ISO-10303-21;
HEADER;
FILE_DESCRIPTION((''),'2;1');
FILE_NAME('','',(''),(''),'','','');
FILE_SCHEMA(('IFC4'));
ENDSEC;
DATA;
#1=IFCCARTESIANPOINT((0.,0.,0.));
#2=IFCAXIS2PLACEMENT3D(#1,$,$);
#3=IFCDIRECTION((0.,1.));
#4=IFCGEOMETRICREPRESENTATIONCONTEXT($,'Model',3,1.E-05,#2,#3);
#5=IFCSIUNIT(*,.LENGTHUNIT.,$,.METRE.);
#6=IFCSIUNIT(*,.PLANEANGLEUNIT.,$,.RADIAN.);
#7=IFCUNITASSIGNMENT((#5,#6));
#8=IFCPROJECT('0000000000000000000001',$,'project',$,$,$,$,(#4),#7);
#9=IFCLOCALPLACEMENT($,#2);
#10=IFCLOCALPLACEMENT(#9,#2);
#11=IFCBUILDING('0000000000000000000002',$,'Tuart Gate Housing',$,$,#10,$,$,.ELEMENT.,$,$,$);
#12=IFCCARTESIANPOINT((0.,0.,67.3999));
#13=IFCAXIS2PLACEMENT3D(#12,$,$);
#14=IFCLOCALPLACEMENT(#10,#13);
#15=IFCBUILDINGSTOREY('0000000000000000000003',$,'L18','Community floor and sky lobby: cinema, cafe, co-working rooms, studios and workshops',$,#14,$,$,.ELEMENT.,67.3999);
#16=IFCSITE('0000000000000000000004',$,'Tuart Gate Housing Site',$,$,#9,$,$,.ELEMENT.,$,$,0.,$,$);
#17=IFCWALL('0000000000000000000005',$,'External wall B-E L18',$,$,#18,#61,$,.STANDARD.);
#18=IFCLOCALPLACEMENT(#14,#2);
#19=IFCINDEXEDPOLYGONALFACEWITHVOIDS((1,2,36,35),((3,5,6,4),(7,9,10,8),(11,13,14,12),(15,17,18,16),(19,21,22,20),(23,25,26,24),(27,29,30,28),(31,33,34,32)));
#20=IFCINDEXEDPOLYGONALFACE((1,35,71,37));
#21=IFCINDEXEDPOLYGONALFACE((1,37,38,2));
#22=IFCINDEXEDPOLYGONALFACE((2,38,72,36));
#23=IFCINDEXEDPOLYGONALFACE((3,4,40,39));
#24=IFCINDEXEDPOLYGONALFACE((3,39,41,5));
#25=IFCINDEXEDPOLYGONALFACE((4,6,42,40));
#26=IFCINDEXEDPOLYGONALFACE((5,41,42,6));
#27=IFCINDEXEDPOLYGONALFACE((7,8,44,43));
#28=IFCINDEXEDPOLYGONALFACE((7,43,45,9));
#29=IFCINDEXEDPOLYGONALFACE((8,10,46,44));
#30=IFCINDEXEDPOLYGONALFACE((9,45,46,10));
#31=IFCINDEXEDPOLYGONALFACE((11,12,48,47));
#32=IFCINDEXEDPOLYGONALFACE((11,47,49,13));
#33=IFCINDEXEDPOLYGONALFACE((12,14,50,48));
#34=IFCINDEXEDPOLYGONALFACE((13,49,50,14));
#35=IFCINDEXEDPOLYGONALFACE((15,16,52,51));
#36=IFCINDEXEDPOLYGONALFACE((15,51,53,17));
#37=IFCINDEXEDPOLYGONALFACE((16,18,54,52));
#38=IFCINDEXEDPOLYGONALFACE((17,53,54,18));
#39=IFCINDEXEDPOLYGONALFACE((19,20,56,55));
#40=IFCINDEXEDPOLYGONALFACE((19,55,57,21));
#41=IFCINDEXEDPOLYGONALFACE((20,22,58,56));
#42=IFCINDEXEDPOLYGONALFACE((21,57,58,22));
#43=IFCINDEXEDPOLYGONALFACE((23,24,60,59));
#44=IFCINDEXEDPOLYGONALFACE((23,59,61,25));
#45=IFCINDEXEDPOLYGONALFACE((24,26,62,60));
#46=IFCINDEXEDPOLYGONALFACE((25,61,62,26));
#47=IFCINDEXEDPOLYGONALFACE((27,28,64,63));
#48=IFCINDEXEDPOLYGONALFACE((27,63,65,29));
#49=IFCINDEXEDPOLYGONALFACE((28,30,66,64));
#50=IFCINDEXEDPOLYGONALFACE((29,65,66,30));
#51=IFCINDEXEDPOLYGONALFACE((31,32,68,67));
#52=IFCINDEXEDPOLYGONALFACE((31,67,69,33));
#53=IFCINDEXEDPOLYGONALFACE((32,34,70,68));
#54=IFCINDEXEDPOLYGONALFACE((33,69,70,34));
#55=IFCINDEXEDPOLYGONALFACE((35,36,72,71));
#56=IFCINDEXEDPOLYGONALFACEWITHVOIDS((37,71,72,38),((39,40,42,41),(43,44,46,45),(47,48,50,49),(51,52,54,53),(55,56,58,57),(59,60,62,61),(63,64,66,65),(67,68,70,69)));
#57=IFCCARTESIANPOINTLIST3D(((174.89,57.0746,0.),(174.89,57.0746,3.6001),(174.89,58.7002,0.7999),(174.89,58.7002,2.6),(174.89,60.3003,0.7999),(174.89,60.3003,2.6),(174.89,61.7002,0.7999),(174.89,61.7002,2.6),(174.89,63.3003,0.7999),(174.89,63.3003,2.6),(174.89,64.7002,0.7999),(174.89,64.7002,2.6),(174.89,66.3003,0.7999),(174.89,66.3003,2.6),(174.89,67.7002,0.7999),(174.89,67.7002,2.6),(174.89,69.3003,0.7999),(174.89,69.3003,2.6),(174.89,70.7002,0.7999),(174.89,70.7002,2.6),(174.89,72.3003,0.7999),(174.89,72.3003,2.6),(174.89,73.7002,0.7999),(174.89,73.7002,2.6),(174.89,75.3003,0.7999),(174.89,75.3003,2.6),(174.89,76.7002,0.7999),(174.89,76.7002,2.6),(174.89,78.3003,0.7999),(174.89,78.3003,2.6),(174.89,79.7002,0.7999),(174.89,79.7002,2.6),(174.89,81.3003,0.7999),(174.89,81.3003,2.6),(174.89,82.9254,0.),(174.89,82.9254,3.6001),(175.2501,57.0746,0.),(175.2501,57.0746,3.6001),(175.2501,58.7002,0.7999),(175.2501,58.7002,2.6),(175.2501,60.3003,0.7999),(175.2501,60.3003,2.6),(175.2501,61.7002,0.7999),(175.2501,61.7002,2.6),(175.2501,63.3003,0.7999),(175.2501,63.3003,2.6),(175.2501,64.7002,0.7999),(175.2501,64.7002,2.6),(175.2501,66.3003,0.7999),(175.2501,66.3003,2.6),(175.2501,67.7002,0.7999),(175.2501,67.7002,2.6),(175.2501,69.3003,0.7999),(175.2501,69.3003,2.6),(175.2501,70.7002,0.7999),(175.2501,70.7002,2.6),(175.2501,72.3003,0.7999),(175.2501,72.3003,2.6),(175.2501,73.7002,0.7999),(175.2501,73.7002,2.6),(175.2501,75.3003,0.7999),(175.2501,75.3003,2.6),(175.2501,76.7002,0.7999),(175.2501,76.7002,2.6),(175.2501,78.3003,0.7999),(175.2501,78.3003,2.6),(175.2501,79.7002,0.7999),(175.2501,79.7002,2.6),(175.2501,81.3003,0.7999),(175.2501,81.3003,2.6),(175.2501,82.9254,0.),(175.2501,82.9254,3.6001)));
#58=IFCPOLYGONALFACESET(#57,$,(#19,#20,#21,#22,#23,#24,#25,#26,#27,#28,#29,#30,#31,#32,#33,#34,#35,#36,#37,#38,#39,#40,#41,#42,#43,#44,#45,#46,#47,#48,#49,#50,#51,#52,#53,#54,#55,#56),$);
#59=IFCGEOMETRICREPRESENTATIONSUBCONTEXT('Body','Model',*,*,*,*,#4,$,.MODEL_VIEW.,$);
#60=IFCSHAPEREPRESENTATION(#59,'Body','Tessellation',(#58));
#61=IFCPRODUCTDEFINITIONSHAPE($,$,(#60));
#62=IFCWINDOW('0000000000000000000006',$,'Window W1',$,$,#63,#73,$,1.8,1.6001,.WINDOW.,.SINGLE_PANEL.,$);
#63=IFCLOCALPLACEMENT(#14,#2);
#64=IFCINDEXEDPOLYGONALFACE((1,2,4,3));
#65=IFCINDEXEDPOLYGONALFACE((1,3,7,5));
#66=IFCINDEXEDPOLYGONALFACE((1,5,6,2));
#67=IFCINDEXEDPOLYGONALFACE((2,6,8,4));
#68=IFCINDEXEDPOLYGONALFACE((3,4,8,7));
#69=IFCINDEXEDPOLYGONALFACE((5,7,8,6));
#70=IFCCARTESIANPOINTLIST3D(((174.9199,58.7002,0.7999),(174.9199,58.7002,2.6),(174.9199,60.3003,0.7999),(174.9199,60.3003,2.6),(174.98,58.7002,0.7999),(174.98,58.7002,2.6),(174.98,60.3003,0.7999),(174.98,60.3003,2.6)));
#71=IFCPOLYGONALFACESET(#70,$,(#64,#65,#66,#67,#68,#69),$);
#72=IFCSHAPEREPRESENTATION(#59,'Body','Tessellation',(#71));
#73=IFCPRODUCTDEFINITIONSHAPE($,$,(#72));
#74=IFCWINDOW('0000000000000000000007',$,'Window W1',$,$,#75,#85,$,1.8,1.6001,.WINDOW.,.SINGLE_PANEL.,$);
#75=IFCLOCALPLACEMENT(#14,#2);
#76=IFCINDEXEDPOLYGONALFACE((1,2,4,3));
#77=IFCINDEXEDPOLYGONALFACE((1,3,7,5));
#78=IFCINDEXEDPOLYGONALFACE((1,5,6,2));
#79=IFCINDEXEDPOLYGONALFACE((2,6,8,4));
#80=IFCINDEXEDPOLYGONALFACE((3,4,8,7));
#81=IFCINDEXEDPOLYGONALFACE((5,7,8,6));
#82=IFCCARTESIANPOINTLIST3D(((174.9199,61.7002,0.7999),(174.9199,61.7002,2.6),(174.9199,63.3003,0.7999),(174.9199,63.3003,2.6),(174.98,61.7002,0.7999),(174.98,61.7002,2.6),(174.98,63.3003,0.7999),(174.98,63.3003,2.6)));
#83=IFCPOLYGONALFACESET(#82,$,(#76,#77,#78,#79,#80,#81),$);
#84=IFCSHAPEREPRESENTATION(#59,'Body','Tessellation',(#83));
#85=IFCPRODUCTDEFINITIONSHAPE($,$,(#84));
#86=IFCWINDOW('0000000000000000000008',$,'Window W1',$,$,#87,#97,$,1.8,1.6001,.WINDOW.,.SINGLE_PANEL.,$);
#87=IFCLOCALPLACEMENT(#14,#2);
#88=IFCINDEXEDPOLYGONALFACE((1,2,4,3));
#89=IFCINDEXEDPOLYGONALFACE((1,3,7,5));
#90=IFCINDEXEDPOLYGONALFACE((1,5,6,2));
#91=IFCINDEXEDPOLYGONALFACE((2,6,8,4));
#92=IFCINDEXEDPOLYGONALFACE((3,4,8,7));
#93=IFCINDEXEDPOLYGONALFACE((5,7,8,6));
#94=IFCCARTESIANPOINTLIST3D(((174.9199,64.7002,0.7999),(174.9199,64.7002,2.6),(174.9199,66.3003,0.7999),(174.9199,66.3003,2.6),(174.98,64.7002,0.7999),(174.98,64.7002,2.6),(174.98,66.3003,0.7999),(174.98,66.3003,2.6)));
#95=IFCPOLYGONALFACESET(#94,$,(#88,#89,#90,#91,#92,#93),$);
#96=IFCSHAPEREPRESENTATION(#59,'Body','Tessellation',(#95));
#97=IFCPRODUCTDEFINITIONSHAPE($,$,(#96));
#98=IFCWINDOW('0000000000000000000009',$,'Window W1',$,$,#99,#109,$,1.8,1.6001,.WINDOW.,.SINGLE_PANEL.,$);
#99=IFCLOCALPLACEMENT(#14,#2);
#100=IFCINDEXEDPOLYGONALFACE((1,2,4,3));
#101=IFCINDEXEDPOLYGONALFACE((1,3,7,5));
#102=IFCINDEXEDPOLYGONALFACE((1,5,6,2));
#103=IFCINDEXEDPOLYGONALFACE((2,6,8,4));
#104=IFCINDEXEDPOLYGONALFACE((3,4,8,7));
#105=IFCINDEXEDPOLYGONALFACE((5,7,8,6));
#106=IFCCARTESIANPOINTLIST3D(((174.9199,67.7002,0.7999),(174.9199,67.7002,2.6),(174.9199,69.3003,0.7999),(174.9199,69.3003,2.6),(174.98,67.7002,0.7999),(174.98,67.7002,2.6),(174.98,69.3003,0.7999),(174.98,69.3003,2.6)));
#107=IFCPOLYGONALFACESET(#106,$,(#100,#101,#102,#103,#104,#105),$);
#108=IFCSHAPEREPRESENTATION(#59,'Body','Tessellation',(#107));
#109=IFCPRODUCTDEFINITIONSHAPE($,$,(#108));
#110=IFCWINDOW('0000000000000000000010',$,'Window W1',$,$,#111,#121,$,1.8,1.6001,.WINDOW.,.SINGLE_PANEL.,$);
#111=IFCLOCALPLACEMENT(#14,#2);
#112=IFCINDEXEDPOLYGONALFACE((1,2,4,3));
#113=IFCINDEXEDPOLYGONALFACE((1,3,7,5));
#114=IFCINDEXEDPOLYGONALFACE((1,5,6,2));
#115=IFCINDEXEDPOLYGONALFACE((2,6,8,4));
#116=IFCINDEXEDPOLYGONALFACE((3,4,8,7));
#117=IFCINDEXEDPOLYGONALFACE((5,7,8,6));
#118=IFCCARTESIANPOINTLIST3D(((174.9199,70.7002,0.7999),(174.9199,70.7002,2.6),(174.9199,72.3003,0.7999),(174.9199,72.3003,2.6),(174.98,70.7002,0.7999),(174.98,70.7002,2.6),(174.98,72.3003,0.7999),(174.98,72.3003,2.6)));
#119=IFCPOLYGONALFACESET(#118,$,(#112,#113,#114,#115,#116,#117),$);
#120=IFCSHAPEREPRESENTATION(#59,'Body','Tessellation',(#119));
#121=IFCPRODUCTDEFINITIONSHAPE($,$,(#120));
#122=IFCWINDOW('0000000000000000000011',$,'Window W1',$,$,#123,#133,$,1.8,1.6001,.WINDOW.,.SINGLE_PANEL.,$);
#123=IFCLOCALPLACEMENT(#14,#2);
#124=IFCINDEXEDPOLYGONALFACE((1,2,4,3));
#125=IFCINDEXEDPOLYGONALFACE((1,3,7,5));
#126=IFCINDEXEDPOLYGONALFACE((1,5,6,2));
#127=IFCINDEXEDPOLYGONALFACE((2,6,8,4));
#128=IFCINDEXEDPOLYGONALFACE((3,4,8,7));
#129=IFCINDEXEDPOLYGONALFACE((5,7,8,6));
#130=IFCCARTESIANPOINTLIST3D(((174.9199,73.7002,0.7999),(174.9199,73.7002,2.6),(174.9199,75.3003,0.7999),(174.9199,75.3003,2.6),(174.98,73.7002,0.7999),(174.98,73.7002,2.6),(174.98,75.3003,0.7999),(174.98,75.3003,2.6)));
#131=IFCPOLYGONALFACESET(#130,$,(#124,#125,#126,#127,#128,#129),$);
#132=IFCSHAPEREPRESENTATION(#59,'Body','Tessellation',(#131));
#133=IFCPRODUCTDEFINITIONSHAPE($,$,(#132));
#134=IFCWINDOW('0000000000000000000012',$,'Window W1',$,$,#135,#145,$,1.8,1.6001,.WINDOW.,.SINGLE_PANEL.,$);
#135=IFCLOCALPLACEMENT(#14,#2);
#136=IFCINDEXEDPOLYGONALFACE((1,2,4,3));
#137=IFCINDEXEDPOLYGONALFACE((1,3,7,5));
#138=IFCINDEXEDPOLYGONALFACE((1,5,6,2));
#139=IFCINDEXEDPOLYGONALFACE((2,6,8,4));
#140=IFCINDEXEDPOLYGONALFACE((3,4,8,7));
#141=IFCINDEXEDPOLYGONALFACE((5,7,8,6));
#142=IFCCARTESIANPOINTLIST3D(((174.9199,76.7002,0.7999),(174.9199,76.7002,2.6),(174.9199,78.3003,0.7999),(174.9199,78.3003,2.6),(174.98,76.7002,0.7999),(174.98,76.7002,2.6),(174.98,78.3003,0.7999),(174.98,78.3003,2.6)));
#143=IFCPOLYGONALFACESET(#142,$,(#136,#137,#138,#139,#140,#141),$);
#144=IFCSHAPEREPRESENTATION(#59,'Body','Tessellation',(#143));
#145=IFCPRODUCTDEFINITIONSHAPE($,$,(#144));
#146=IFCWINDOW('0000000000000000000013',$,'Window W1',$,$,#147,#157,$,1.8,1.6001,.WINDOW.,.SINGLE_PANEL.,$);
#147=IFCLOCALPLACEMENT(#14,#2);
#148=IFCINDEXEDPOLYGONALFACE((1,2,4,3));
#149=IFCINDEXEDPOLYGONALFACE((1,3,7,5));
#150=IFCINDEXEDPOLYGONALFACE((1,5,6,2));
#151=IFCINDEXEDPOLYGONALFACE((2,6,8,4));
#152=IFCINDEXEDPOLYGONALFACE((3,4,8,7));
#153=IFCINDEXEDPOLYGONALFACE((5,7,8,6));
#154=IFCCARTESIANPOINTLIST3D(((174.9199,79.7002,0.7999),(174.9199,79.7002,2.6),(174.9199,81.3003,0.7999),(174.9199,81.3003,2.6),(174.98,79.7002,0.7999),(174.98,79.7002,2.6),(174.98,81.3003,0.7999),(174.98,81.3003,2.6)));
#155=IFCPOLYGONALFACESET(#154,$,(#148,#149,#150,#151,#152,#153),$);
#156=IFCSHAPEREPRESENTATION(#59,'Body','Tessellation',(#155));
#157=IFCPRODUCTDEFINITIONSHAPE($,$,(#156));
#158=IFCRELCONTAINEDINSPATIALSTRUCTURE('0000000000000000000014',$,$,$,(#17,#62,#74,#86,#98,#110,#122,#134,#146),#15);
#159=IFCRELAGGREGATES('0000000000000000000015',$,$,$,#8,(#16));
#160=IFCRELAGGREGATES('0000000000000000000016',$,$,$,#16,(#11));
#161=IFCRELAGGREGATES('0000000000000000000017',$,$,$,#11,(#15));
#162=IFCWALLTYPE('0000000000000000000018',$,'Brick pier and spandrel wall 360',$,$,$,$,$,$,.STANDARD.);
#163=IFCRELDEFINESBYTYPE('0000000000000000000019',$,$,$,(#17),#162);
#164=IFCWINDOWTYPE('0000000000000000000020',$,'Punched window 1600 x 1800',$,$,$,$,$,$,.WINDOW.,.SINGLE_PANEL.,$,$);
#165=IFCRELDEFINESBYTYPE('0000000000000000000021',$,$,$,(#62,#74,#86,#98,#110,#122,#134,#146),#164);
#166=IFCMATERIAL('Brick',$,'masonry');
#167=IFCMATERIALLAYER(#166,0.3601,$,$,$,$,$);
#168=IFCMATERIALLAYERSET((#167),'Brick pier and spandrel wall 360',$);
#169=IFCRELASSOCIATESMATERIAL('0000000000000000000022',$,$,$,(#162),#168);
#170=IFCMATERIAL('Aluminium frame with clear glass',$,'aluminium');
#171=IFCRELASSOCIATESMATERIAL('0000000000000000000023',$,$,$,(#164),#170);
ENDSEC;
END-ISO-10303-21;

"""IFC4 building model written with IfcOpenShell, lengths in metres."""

from ifc_helpers import new_model, si_unit, direction, frame, frame_2d, origin, place, context, subcontext, project, spatial, rectangle, extrude, material, layer, layer_set, type_object, element, fill, save


model = new_model("IFC4")

# Units and contexts
model_context = context("Model", 3, precision=1e-05, world=origin(), true_north=direction((0.0, 1.0)))
body_context = subcontext(model_context, "Body", "Model", "MODEL_VIEW")
ifc_project = project(units=[si_unit("LENGTHUNIT", "METRE"), si_unit("PLANEANGLEUNIT", "RADIAN")], contexts=[model_context])

# Site, building, storey
site_placement = place(None, origin())
site = spatial("IfcSite", under=ifc_project, at=site_placement, Name="Tuart Gate Housing Site", CompositionType="ELEMENT", RefElevation=0.0)
building_placement = place(site_placement, origin())
building = spatial("IfcBuilding", under=site, at=building_placement, Name="Tuart Gate Housing", CompositionType="ELEMENT")
storey_placement = place(building_placement, frame((0.0, 0.0, 67.3999)))
storey = spatial("IfcBuildingStorey", under=building, at=storey_placement, Name="L18", Description="Community floor and sky lobby: cinema, cafe, co-working rooms, studios and workshops", CompositionType="ELEMENT", Elevation=67.3999)

# Shared definitions
ifc_material_1 = material(Name="Brick", Category="masonry")
ifc_layer_1 = layer(ifc_material_1, 0.3601)
ifc_layer_set_1 = layer_set([ifc_layer_1], Name="Brick pier and spandrel wall 360")
wall_type_1 = type_object("IfcWallType", Name="Brick pier and spandrel wall 360", PredefinedType="STANDARD", material=ifc_layer_set_1)

# Wall, openings, windows
wall_1_placement = place(storey_placement, frame((175.0701, 57.0747, 0.0), z_axis=(0.0, 0.0, 1.0), x_axis=(0.0, 1.0, 0.0)))
wall_1 = element("IfcWall", 1, at=wall_1_placement, inside=storey, type_object=wall_type_1, Name="External wall B-E L18", PredefinedType="STANDARD", context=body_context, shape_type="SweptSolid", body=[
    extrude(rectangle(XDim=25.8508, YDim=0.3601, at=frame_2d((12.9253, 0.0))), origin(), (0.0, 0.0, 1.0), 3.6001),
])
opening_1_placement = place(wall_1_placement, frame((1.6255, 0.0, 0.8)))
opening_1 = element("IfcOpeningElement", 2, at=opening_1_placement, cuts=wall_1, PredefinedType="OPENING", context=body_context, shape_type="SweptSolid", body=[
    extrude(rectangle(XDim=1.6001, YDim=1.8, at=frame_2d((0.8, 0.8999))), frame((0.0, 0.1899, 0.0), z_axis=(0.0, -1.0, 0.0), x_axis=(1.0, 0.0, 0.0)), (0.0, 0.0, 1.0), 0.3801),
])
opening_2_placement = place(wall_1_placement, frame((4.6255, 0.0, 0.8)))
opening_2 = element("IfcOpeningElement", 3, at=opening_2_placement, cuts=wall_1, PredefinedType="OPENING", context=body_context, shape_type="SweptSolid", body=[
    extrude(rectangle(XDim=1.6001, YDim=1.8, at=frame_2d((0.8, 0.8999))), frame((0.0, 0.1899, 0.0), z_axis=(0.0, -1.0, 0.0), x_axis=(1.0, 0.0, 0.0)), (0.0, 0.0, 1.0), 0.3801),
])
opening_3_placement = place(wall_1_placement, frame((7.6255, 0.0, 0.8)))
opening_3 = element("IfcOpeningElement", 4, at=opening_3_placement, cuts=wall_1, PredefinedType="OPENING", context=body_context, shape_type="SweptSolid", body=[
    extrude(rectangle(XDim=1.6001, YDim=1.8, at=frame_2d((0.8, 0.8999))), frame((0.0, 0.1899, 0.0), z_axis=(0.0, -1.0, 0.0), x_axis=(1.0, 0.0, 0.0)), (0.0, 0.0, 1.0), 0.3801),
])
opening_4_placement = place(wall_1_placement, frame((10.6255, 0.0, 0.8)))
opening_4 = element("IfcOpeningElement", 5, at=opening_4_placement, cuts=wall_1, PredefinedType="OPENING", context=body_context, shape_type="SweptSolid", body=[
    extrude(rectangle(XDim=1.6001, YDim=1.8, at=frame_2d((0.8, 0.8999))), frame((0.0, 0.1899, 0.0), z_axis=(0.0, -1.0, 0.0), x_axis=(1.0, 0.0, 0.0)), (0.0, 0.0, 1.0), 0.3801),
])
opening_5_placement = place(wall_1_placement, frame((13.6255, 0.0, 0.8)))
opening_5 = element("IfcOpeningElement", 6, at=opening_5_placement, cuts=wall_1, PredefinedType="OPENING", context=body_context, shape_type="SweptSolid", body=[
    extrude(rectangle(XDim=1.6001, YDim=1.8, at=frame_2d((0.8, 0.8999))), frame((0.0, 0.1899, 0.0), z_axis=(0.0, -1.0, 0.0), x_axis=(1.0, 0.0, 0.0)), (0.0, 0.0, 1.0), 0.3801),
])
opening_6_placement = place(wall_1_placement, frame((16.6255, 0.0, 0.8)))
opening_6 = element("IfcOpeningElement", 7, at=opening_6_placement, cuts=wall_1, PredefinedType="OPENING", context=body_context, shape_type="SweptSolid", body=[
    extrude(rectangle(XDim=1.6001, YDim=1.8, at=frame_2d((0.8, 0.8999))), frame((0.0, 0.1899, 0.0), z_axis=(0.0, -1.0, 0.0), x_axis=(1.0, 0.0, 0.0)), (0.0, 0.0, 1.0), 0.3801),
])
opening_7_placement = place(wall_1_placement, frame((19.6255, 0.0, 0.8)))
opening_7 = element("IfcOpeningElement", 8, at=opening_7_placement, cuts=wall_1, PredefinedType="OPENING", context=body_context, shape_type="SweptSolid", body=[
    extrude(rectangle(XDim=1.6001, YDim=1.8, at=frame_2d((0.8, 0.8999))), frame((0.0, 0.1899, 0.0), z_axis=(0.0, -1.0, 0.0), x_axis=(1.0, 0.0, 0.0)), (0.0, 0.0, 1.0), 0.3801),
])
opening_8_placement = place(wall_1_placement, frame((22.6255, 0.0, 0.8)))
opening_8 = element("IfcOpeningElement", 9, at=opening_8_placement, cuts=wall_1, PredefinedType="OPENING", context=body_context, shape_type="SweptSolid", body=[
    extrude(rectangle(XDim=1.6001, YDim=1.8, at=frame_2d((0.8, 0.8999))), frame((0.0, 0.1899, 0.0), z_axis=(0.0, -1.0, 0.0), x_axis=(1.0, 0.0, 0.0)), (0.0, 0.0, 1.0), 0.3801),
])
ifc_material_2 = material(Name="Aluminium frame with clear glass", Category="aluminium")
window_type = type_object("IfcWindowType", Name="Punched window 1600 x 1800", PartitioningType="SINGLE_PANEL", PredefinedType="WINDOW", material=ifc_material_2)
window_1_placement = place(opening_1_placement, origin())
window_1 = element("IfcWindow", 10, at=window_1_placement, inside=storey, type_object=window_type, Name="Window W1", OverallHeight=1.8, OverallWidth=1.6001, PartitioningType="SINGLE_PANEL", PredefinedType="WINDOW", context=body_context, shape_type="SweptSolid", body=[
    extrude(rectangle(XDim=1.6001, YDim=1.8, at=frame_2d((0.8, 0.8999))), frame((0.0, 0.1501, 0.0), z_axis=(0.0, -1.0, 0.0), x_axis=(1.0, 0.0, 0.0)), (0.0, 0.0, 1.0), 0.0601),
])
fill(opening_1, window_1)
window_2_placement = place(opening_2_placement, origin())
window_2 = element("IfcWindow", 11, at=window_2_placement, inside=storey, type_object=window_type, Name="Window W1", OverallHeight=1.8, OverallWidth=1.6001, PartitioningType="SINGLE_PANEL", PredefinedType="WINDOW", context=body_context, shape_type="SweptSolid", body=[
    extrude(rectangle(XDim=1.6001, YDim=1.8, at=frame_2d((0.8, 0.8999))), frame((0.0, 0.1501, 0.0), z_axis=(0.0, -1.0, 0.0), x_axis=(1.0, 0.0, 0.0)), (0.0, 0.0, 1.0), 0.0601),
])
fill(opening_2, window_2)
window_3_placement = place(opening_3_placement, origin())
window_3 = element("IfcWindow", 12, at=window_3_placement, inside=storey, type_object=window_type, Name="Window W1", OverallHeight=1.8, OverallWidth=1.6001, PartitioningType="SINGLE_PANEL", PredefinedType="WINDOW", context=body_context, shape_type="SweptSolid", body=[
    extrude(rectangle(XDim=1.6001, YDim=1.8, at=frame_2d((0.8, 0.8999))), frame((0.0, 0.1501, 0.0), z_axis=(0.0, -1.0, 0.0), x_axis=(1.0, 0.0, 0.0)), (0.0, 0.0, 1.0), 0.0601),
])
fill(opening_3, window_3)
window_4_placement = place(opening_4_placement, origin())
window_4 = element("IfcWindow", 13, at=window_4_placement, inside=storey, type_object=window_type, Name="Window W1", OverallHeight=1.8, OverallWidth=1.6001, PartitioningType="SINGLE_PANEL", PredefinedType="WINDOW", context=body_context, shape_type="SweptSolid", body=[
    extrude(rectangle(XDim=1.6001, YDim=1.8, at=frame_2d((0.8, 0.8999))), frame((0.0, 0.1501, 0.0), z_axis=(0.0, -1.0, 0.0), x_axis=(1.0, 0.0, 0.0)), (0.0, 0.0, 1.0), 0.0601),
])
fill(opening_4, window_4)
window_5_placement = place(opening_5_placement, origin())
window_5 = element("IfcWindow", 14, at=window_5_placement, inside=storey, type_object=window_type, Name="Window W1", OverallHeight=1.8, OverallWidth=1.6001, PartitioningType="SINGLE_PANEL", PredefinedType="WINDOW", context=body_context, shape_type="SweptSolid", body=[
    extrude(rectangle(XDim=1.6001, YDim=1.8, at=frame_2d((0.8, 0.8999))), frame((0.0, 0.1501, 0.0), z_axis=(0.0, -1.0, 0.0), x_axis=(1.0, 0.0, 0.0)), (0.0, 0.0, 1.0), 0.0601),
])
fill(opening_5, window_5)
window_6_placement = place(opening_6_placement, origin())
window_6 = element("IfcWindow", 15, at=window_6_placement, inside=storey, type_object=window_type, Name="Window W1", OverallHeight=1.8, OverallWidth=1.6001, PartitioningType="SINGLE_PANEL", PredefinedType="WINDOW", context=body_context, shape_type="SweptSolid", body=[
    extrude(rectangle(XDim=1.6001, YDim=1.8, at=frame_2d((0.8, 0.8999))), frame((0.0, 0.1501, 0.0), z_axis=(0.0, -1.0, 0.0), x_axis=(1.0, 0.0, 0.0)), (0.0, 0.0, 1.0), 0.0601),
])
fill(opening_6, window_6)
window_7_placement = place(opening_7_placement, origin())
window_7 = element("IfcWindow", 16, at=window_7_placement, inside=storey, type_object=window_type, Name="Window W1", OverallHeight=1.8, OverallWidth=1.6001, PartitioningType="SINGLE_PANEL", PredefinedType="WINDOW", context=body_context, shape_type="SweptSolid", body=[
    extrude(rectangle(XDim=1.6001, YDim=1.8, at=frame_2d((0.8, 0.8999))), frame((0.0, 0.1501, 0.0), z_axis=(0.0, -1.0, 0.0), x_axis=(1.0, 0.0, 0.0)), (0.0, 0.0, 1.0), 0.0601),
])
fill(opening_7, window_7)
window_8_placement = place(opening_8_placement, origin())
window_8 = element("IfcWindow", 17, at=window_8_placement, inside=storey, type_object=window_type, Name="Window W1", OverallHeight=1.8, OverallWidth=1.6001, PartitioningType="SINGLE_PANEL", PredefinedType="WINDOW", context=body_context, shape_type="SweptSolid", body=[
    extrude(rectangle(XDim=1.6001, YDim=1.8, at=frame_2d((0.8, 0.8999))), frame((0.0, 0.1501, 0.0), z_axis=(0.0, -1.0, 0.0), x_axis=(1.0, 0.0, 0.0)), (0.0, 0.0, 1.0), 0.0601),
])
fill(opening_8, window_8)

save(model, "model.ifc")
